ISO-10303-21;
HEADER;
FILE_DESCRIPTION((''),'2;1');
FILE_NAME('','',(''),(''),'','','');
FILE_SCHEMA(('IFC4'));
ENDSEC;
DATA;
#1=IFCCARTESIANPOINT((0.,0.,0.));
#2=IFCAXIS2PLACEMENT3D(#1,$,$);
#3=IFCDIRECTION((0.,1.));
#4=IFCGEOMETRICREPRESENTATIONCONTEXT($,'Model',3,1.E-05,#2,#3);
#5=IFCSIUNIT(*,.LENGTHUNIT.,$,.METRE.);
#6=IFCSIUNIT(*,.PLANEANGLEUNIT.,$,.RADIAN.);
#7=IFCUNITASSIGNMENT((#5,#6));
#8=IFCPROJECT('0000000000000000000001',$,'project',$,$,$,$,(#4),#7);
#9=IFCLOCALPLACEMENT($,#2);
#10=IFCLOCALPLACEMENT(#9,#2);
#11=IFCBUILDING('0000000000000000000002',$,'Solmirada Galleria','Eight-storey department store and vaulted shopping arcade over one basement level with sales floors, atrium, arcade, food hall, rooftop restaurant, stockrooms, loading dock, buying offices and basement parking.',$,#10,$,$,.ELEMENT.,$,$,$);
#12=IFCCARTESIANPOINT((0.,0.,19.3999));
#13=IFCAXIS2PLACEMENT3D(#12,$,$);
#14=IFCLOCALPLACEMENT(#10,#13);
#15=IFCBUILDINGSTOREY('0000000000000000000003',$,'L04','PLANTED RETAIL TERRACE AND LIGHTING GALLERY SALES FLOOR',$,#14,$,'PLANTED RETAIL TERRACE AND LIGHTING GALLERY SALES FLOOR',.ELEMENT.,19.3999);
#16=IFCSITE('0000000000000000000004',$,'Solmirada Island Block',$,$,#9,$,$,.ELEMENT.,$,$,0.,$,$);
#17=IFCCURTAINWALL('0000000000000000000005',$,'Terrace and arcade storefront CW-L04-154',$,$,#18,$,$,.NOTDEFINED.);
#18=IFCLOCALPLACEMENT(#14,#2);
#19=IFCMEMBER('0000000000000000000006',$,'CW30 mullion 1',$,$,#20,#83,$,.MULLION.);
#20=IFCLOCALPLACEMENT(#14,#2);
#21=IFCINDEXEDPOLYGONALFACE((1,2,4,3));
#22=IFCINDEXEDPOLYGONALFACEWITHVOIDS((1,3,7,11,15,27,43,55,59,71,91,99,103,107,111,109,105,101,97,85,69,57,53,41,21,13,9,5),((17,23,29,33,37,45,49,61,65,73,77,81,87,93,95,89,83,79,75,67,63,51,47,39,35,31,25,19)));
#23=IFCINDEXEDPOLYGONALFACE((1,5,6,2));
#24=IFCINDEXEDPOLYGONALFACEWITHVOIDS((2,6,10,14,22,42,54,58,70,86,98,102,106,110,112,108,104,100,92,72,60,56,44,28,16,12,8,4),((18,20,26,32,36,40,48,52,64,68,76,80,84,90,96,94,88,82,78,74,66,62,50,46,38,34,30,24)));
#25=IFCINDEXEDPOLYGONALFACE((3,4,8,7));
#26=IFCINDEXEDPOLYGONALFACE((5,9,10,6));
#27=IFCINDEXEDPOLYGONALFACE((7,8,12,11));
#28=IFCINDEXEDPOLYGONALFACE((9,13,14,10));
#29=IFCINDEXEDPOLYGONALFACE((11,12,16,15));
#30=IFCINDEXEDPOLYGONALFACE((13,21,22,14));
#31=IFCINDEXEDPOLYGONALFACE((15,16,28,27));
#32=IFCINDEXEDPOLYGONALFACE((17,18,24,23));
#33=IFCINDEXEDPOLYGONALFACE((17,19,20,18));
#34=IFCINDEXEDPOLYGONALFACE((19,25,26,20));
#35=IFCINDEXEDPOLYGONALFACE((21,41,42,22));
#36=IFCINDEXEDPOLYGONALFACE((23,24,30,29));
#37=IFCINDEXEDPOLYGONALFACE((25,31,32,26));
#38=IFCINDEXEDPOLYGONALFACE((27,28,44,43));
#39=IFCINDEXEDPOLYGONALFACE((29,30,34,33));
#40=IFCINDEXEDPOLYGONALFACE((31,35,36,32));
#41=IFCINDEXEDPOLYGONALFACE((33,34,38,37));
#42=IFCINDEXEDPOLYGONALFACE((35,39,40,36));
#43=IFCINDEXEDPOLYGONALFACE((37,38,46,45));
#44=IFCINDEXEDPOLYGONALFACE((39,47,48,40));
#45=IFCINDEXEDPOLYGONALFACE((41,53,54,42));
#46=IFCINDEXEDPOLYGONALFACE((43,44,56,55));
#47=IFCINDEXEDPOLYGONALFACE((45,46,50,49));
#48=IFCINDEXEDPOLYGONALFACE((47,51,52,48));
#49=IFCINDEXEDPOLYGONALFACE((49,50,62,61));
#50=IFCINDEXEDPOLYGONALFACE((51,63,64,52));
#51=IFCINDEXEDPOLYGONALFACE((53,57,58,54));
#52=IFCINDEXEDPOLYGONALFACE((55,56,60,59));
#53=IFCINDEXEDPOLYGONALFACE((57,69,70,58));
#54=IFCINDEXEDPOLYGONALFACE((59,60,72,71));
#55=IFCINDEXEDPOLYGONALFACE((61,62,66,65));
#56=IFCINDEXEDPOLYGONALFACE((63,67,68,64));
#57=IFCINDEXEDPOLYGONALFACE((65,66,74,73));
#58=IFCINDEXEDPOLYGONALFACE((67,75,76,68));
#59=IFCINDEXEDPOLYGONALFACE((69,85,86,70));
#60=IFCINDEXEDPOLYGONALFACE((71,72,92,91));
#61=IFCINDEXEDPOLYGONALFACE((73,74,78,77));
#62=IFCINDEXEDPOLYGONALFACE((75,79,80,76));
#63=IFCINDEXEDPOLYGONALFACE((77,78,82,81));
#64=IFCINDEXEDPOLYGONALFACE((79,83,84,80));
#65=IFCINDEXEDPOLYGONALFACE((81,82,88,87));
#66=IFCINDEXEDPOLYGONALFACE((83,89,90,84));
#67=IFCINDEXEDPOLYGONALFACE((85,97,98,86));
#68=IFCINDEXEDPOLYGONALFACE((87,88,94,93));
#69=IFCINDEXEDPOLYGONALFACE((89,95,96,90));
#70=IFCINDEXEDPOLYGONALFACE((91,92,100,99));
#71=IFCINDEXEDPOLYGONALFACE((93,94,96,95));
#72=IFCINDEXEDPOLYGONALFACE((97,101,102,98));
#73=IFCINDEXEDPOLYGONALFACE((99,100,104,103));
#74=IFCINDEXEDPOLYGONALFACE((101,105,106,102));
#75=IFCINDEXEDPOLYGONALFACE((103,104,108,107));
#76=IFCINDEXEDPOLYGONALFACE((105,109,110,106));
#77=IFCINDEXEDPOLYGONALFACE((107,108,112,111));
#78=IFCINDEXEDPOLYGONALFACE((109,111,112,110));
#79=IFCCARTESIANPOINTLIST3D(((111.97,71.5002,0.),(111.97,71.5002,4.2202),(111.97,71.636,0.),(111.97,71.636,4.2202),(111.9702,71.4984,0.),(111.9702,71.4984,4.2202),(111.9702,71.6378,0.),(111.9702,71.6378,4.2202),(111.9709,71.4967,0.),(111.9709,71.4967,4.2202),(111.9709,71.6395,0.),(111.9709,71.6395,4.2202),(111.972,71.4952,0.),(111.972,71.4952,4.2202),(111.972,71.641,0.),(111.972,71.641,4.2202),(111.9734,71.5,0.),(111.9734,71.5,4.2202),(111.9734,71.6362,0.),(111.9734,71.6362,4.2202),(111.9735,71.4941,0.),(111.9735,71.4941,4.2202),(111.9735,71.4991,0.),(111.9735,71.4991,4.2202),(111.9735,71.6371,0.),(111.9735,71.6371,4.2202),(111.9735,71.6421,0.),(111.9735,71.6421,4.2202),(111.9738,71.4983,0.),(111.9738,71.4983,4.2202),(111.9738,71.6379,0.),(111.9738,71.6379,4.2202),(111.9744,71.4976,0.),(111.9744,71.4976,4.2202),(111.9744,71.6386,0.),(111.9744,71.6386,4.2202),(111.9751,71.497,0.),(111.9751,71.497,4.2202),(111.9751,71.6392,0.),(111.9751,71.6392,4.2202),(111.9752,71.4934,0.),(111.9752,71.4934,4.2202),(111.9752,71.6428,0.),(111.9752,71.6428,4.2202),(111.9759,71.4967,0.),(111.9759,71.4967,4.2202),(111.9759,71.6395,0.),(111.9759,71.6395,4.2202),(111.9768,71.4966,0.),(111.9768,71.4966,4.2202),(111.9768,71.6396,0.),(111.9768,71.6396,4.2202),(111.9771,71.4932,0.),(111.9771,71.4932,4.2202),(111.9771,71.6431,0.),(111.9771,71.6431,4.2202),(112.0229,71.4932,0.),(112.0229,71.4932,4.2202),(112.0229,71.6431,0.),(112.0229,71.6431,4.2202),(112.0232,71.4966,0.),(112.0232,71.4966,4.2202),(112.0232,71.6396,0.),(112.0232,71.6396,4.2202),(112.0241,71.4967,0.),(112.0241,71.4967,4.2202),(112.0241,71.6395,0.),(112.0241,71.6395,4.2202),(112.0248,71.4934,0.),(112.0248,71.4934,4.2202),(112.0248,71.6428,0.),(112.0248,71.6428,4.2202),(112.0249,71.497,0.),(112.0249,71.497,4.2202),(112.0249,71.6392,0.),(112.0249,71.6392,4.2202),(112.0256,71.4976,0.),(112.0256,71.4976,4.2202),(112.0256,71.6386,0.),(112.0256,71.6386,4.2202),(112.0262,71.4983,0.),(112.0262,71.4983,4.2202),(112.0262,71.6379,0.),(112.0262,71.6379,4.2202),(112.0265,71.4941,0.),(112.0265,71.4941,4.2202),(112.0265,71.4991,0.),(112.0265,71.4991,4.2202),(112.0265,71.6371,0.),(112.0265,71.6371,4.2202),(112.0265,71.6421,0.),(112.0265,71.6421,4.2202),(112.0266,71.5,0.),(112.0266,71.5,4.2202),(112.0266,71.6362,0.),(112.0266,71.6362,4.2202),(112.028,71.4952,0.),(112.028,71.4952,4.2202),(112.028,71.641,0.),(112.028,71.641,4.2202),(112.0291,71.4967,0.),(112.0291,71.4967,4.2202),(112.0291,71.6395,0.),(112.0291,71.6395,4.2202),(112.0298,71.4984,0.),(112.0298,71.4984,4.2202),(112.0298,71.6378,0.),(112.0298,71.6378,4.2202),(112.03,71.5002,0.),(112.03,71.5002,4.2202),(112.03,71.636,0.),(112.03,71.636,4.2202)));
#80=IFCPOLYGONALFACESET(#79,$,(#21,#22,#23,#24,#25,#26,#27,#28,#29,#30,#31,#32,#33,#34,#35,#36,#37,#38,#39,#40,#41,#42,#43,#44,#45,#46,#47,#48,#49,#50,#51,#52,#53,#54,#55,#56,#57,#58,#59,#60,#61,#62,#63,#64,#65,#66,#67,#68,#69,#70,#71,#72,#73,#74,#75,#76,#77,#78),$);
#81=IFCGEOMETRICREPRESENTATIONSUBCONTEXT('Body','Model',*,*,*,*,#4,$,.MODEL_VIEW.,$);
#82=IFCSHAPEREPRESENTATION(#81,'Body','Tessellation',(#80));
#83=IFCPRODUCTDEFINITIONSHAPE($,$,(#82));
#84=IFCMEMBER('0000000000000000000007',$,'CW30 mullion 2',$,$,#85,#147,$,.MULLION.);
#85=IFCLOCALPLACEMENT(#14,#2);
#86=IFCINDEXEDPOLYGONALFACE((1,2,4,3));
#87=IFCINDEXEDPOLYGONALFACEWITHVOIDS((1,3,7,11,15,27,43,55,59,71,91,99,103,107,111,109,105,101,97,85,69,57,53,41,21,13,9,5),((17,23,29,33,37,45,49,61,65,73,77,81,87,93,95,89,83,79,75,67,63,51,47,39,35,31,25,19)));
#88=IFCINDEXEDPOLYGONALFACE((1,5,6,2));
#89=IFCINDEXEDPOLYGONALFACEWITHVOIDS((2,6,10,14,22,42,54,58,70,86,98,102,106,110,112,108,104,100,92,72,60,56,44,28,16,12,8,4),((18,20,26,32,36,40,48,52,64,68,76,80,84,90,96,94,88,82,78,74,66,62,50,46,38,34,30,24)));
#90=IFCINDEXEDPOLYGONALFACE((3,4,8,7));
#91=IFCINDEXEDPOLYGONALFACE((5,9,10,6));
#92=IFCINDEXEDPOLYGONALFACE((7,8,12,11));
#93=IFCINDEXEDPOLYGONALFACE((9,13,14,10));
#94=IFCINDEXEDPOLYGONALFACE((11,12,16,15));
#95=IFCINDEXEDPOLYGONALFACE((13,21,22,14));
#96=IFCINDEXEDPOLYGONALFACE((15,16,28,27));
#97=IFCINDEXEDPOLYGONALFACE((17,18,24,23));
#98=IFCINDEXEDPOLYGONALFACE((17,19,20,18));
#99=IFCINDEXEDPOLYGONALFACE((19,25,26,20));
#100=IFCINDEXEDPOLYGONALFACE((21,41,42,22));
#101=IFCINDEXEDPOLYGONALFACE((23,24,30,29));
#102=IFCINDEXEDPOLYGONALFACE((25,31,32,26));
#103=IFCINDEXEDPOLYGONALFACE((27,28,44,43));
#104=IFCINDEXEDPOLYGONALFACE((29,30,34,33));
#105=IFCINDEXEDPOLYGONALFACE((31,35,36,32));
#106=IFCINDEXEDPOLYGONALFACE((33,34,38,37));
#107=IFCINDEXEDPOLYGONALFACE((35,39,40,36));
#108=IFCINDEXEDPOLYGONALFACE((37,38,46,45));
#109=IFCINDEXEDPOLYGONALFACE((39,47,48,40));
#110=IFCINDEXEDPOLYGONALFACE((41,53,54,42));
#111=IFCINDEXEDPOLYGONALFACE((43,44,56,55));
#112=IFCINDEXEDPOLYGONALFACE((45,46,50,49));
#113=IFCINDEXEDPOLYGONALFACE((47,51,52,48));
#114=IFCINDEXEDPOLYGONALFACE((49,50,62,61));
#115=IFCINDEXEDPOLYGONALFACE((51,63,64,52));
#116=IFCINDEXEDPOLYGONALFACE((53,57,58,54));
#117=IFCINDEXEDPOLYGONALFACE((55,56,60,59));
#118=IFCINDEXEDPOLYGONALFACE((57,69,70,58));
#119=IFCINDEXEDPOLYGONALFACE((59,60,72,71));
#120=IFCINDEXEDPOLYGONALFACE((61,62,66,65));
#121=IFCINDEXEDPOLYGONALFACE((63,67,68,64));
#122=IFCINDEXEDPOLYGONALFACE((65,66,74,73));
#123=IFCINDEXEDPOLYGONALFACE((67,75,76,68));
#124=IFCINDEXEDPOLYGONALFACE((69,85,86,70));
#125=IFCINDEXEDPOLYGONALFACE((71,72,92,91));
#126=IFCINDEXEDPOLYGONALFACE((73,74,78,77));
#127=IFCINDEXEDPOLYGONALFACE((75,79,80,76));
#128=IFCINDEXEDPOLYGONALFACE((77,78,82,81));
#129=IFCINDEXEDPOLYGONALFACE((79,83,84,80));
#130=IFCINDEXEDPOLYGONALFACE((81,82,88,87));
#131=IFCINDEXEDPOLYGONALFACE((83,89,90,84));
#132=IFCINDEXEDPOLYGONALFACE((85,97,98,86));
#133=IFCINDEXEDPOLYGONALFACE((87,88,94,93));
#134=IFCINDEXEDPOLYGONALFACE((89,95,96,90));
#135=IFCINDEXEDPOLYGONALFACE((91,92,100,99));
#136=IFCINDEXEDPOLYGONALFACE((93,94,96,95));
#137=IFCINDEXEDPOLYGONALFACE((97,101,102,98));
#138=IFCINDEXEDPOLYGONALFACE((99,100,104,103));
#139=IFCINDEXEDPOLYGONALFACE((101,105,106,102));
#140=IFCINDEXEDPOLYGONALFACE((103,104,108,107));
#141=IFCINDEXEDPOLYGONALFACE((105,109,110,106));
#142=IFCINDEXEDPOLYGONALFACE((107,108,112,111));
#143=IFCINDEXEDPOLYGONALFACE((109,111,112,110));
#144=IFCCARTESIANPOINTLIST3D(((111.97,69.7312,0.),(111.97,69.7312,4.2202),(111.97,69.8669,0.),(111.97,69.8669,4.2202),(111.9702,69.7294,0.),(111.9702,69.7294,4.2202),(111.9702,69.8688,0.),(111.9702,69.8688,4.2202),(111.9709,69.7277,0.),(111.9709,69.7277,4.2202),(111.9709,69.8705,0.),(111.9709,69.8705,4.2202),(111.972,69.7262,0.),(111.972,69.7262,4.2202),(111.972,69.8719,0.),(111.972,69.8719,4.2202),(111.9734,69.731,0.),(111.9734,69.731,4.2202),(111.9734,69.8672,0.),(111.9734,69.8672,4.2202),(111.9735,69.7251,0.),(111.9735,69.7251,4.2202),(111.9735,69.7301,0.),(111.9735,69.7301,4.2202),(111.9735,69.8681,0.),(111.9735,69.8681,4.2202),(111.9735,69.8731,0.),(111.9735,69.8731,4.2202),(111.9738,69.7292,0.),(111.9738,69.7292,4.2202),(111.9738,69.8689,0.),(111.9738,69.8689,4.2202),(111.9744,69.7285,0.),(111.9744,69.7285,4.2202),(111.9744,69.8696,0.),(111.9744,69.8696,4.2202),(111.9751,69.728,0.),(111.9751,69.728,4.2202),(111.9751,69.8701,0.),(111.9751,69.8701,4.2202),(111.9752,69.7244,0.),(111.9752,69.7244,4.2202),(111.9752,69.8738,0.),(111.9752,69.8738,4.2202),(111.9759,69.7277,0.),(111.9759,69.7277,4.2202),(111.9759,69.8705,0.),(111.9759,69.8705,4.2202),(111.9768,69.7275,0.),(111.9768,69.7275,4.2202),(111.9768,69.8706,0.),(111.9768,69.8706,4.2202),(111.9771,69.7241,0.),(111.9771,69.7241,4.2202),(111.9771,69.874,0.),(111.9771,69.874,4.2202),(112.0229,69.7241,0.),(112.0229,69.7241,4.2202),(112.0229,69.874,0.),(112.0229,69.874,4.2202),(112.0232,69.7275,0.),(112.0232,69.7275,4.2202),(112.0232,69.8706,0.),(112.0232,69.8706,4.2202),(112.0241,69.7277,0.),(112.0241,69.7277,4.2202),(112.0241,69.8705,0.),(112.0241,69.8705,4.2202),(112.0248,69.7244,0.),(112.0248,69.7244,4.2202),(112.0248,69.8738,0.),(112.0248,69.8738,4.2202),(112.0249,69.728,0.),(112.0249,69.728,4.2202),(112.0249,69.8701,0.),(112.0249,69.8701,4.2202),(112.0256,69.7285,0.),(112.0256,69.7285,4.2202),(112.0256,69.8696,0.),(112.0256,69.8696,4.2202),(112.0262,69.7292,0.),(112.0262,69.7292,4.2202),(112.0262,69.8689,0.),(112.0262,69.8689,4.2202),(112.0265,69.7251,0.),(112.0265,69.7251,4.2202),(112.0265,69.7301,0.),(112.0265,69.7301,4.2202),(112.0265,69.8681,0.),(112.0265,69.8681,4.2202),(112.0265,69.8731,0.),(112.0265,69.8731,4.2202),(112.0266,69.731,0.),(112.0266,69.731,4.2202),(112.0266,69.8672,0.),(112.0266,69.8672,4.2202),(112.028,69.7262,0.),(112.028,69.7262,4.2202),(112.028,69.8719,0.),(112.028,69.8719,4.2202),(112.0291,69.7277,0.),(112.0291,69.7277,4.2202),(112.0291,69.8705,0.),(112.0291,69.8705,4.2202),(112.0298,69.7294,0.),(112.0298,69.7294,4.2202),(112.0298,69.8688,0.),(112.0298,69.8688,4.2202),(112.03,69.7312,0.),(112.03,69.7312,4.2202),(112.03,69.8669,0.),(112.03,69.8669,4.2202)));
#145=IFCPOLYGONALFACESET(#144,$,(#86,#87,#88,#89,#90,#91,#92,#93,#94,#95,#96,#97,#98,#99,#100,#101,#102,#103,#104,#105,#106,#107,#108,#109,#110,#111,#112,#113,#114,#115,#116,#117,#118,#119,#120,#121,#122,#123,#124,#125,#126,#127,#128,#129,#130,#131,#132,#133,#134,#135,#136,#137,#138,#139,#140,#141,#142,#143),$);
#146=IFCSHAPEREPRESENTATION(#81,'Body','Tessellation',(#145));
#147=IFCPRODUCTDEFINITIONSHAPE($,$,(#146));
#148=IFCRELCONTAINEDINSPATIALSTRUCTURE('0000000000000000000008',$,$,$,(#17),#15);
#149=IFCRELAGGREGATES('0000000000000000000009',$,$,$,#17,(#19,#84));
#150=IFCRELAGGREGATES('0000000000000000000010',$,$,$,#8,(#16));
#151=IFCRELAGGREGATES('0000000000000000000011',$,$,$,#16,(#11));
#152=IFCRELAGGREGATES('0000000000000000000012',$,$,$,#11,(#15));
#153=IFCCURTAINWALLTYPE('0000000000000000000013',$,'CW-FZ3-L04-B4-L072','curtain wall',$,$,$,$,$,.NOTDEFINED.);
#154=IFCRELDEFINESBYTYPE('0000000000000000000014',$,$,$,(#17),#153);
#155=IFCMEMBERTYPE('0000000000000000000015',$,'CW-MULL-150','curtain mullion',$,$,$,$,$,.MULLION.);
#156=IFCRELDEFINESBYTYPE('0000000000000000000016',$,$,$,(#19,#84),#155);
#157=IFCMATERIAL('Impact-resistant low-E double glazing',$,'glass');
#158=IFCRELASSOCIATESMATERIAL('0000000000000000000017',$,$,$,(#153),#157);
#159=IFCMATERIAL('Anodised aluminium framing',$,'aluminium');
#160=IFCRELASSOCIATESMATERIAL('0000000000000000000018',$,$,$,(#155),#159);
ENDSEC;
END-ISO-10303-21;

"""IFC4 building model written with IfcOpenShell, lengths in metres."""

from ifc_helpers import new_model, si_unit, direction, frame, origin, origin_2d, place, context, subcontext, project, spatial, hollow_rectangle, extrude, material, material_profile, profile_set, type_object, element, aggregate, save


model = new_model("IFC4")

# Units and contexts
model_context = context("Model", 3, precision=1e-05, world=origin(), true_north=direction((0.0, 1.0)))
body_context = subcontext(model_context, "Body", "Model", "MODEL_VIEW")
ifc_project = project(units=[si_unit("LENGTHUNIT", "METRE"), si_unit("PLANEANGLEUNIT", "RADIAN")], contexts=[model_context])

# Site, building, storey
site_placement = place(None, origin())
site = spatial("IfcSite", under=ifc_project, at=site_placement, Name="Solmirada Island Block", CompositionType="ELEMENT", RefElevation=0.0)
building_placement = place(site_placement, origin())
building = spatial("IfcBuilding", under=site, at=building_placement, Name="Solmirada Galleria", Description="Eight-storey department store and vaulted shopping arcade over one basement level with sales floors, atrium, arcade, food hall, rooftop restaurant, stockrooms, loading dock, buying offices and basement parking.", CompositionType="ELEMENT")
storey_placement = place(building_placement, frame((0.0, 0.0, 19.3999)))
storey = spatial("IfcBuildingStorey", under=building, at=storey_placement, Name="L04", Description="PLANTED RETAIL TERRACE AND LIGHTING GALLERY SALES FLOOR", LongName="PLANTED RETAIL TERRACE AND LIGHTING GALLERY SALES FLOOR", CompositionType="ELEMENT", Elevation=19.3999)

# Curtain wall, members
ifc_material_1 = material(Name="Impact-resistant low-E double glazing", Category="glass")
curtain_wall_type = type_object("IfcCurtainWallType", Name="CW-FZ3-L04-B4-L072", Description="curtain wall", PredefinedType="NOTDEFINED", material=ifc_material_1)
curtain_wall_placement = place(storey_placement, origin())
curtain_wall = element("IfcCurtainWall", 1, at=curtain_wall_placement, inside=storey, type_object=curtain_wall_type, Name="Terrace and arcade storefront CW-L04-154", PredefinedType="NOTDEFINED")
ifc_material_2 = material(Name="Anodised aluminium framing", Category="aluminium")
ifc_material_profile_1 = material_profile(ifc_material_2, hollow_rectangle(XDim=0.0601, YDim=0.1499, WallThickness=0.0034, InnerFilletRadius=0.0034, OuterFilletRadius=0.0071, at=origin_2d()), Name="ALU-MULL-150X60")
ifc_profile_set_1 = profile_set([ifc_material_profile_1], Name="Anodised aluminium framing")
member_type_1 = type_object("IfcMemberType", Name="CW-MULL-150", Description="curtain mullion", PredefinedType="MULLION", material=ifc_profile_set_1)
member_1_placement = place(storey_placement, frame((112.0, 71.5681, 0.0), z_axis=(0.0, 0.0, 1.0), x_axis=(1.0, 0.0, 0.0)))
member_1 = element("IfcMember", 2, at=member_1_placement, type_object=member_type_1, Name="CW30 mullion 1", PredefinedType="MULLION", context=body_context, shape_type="SweptSolid", body=[
    extrude(hollow_rectangle(XDim=0.0601, YDim=0.1499, WallThickness=0.0034, InnerFilletRadius=0.0034, OuterFilletRadius=0.0071, at=origin_2d()), origin(), (0.0, 0.0, 1.0), 4.2202),
])
member_2_placement = place(storey_placement, frame((112.0, 69.7991, 0.0), z_axis=(0.0, 0.0, 1.0), x_axis=(1.0, 0.0, 0.0)))
member_2 = element("IfcMember", 3, at=member_2_placement, type_object=member_type_1, Name="CW30 mullion 2", PredefinedType="MULLION", context=body_context, shape_type="SweptSolid", body=[
    extrude(hollow_rectangle(XDim=0.0601, YDim=0.1499, WallThickness=0.0034, InnerFilletRadius=0.0034, OuterFilletRadius=0.0071, at=origin_2d()), origin(), (0.0, 0.0, 1.0), 4.2202),
])
aggregate(curtain_wall, [member_1, member_2])

save(model, "model.ifc")
